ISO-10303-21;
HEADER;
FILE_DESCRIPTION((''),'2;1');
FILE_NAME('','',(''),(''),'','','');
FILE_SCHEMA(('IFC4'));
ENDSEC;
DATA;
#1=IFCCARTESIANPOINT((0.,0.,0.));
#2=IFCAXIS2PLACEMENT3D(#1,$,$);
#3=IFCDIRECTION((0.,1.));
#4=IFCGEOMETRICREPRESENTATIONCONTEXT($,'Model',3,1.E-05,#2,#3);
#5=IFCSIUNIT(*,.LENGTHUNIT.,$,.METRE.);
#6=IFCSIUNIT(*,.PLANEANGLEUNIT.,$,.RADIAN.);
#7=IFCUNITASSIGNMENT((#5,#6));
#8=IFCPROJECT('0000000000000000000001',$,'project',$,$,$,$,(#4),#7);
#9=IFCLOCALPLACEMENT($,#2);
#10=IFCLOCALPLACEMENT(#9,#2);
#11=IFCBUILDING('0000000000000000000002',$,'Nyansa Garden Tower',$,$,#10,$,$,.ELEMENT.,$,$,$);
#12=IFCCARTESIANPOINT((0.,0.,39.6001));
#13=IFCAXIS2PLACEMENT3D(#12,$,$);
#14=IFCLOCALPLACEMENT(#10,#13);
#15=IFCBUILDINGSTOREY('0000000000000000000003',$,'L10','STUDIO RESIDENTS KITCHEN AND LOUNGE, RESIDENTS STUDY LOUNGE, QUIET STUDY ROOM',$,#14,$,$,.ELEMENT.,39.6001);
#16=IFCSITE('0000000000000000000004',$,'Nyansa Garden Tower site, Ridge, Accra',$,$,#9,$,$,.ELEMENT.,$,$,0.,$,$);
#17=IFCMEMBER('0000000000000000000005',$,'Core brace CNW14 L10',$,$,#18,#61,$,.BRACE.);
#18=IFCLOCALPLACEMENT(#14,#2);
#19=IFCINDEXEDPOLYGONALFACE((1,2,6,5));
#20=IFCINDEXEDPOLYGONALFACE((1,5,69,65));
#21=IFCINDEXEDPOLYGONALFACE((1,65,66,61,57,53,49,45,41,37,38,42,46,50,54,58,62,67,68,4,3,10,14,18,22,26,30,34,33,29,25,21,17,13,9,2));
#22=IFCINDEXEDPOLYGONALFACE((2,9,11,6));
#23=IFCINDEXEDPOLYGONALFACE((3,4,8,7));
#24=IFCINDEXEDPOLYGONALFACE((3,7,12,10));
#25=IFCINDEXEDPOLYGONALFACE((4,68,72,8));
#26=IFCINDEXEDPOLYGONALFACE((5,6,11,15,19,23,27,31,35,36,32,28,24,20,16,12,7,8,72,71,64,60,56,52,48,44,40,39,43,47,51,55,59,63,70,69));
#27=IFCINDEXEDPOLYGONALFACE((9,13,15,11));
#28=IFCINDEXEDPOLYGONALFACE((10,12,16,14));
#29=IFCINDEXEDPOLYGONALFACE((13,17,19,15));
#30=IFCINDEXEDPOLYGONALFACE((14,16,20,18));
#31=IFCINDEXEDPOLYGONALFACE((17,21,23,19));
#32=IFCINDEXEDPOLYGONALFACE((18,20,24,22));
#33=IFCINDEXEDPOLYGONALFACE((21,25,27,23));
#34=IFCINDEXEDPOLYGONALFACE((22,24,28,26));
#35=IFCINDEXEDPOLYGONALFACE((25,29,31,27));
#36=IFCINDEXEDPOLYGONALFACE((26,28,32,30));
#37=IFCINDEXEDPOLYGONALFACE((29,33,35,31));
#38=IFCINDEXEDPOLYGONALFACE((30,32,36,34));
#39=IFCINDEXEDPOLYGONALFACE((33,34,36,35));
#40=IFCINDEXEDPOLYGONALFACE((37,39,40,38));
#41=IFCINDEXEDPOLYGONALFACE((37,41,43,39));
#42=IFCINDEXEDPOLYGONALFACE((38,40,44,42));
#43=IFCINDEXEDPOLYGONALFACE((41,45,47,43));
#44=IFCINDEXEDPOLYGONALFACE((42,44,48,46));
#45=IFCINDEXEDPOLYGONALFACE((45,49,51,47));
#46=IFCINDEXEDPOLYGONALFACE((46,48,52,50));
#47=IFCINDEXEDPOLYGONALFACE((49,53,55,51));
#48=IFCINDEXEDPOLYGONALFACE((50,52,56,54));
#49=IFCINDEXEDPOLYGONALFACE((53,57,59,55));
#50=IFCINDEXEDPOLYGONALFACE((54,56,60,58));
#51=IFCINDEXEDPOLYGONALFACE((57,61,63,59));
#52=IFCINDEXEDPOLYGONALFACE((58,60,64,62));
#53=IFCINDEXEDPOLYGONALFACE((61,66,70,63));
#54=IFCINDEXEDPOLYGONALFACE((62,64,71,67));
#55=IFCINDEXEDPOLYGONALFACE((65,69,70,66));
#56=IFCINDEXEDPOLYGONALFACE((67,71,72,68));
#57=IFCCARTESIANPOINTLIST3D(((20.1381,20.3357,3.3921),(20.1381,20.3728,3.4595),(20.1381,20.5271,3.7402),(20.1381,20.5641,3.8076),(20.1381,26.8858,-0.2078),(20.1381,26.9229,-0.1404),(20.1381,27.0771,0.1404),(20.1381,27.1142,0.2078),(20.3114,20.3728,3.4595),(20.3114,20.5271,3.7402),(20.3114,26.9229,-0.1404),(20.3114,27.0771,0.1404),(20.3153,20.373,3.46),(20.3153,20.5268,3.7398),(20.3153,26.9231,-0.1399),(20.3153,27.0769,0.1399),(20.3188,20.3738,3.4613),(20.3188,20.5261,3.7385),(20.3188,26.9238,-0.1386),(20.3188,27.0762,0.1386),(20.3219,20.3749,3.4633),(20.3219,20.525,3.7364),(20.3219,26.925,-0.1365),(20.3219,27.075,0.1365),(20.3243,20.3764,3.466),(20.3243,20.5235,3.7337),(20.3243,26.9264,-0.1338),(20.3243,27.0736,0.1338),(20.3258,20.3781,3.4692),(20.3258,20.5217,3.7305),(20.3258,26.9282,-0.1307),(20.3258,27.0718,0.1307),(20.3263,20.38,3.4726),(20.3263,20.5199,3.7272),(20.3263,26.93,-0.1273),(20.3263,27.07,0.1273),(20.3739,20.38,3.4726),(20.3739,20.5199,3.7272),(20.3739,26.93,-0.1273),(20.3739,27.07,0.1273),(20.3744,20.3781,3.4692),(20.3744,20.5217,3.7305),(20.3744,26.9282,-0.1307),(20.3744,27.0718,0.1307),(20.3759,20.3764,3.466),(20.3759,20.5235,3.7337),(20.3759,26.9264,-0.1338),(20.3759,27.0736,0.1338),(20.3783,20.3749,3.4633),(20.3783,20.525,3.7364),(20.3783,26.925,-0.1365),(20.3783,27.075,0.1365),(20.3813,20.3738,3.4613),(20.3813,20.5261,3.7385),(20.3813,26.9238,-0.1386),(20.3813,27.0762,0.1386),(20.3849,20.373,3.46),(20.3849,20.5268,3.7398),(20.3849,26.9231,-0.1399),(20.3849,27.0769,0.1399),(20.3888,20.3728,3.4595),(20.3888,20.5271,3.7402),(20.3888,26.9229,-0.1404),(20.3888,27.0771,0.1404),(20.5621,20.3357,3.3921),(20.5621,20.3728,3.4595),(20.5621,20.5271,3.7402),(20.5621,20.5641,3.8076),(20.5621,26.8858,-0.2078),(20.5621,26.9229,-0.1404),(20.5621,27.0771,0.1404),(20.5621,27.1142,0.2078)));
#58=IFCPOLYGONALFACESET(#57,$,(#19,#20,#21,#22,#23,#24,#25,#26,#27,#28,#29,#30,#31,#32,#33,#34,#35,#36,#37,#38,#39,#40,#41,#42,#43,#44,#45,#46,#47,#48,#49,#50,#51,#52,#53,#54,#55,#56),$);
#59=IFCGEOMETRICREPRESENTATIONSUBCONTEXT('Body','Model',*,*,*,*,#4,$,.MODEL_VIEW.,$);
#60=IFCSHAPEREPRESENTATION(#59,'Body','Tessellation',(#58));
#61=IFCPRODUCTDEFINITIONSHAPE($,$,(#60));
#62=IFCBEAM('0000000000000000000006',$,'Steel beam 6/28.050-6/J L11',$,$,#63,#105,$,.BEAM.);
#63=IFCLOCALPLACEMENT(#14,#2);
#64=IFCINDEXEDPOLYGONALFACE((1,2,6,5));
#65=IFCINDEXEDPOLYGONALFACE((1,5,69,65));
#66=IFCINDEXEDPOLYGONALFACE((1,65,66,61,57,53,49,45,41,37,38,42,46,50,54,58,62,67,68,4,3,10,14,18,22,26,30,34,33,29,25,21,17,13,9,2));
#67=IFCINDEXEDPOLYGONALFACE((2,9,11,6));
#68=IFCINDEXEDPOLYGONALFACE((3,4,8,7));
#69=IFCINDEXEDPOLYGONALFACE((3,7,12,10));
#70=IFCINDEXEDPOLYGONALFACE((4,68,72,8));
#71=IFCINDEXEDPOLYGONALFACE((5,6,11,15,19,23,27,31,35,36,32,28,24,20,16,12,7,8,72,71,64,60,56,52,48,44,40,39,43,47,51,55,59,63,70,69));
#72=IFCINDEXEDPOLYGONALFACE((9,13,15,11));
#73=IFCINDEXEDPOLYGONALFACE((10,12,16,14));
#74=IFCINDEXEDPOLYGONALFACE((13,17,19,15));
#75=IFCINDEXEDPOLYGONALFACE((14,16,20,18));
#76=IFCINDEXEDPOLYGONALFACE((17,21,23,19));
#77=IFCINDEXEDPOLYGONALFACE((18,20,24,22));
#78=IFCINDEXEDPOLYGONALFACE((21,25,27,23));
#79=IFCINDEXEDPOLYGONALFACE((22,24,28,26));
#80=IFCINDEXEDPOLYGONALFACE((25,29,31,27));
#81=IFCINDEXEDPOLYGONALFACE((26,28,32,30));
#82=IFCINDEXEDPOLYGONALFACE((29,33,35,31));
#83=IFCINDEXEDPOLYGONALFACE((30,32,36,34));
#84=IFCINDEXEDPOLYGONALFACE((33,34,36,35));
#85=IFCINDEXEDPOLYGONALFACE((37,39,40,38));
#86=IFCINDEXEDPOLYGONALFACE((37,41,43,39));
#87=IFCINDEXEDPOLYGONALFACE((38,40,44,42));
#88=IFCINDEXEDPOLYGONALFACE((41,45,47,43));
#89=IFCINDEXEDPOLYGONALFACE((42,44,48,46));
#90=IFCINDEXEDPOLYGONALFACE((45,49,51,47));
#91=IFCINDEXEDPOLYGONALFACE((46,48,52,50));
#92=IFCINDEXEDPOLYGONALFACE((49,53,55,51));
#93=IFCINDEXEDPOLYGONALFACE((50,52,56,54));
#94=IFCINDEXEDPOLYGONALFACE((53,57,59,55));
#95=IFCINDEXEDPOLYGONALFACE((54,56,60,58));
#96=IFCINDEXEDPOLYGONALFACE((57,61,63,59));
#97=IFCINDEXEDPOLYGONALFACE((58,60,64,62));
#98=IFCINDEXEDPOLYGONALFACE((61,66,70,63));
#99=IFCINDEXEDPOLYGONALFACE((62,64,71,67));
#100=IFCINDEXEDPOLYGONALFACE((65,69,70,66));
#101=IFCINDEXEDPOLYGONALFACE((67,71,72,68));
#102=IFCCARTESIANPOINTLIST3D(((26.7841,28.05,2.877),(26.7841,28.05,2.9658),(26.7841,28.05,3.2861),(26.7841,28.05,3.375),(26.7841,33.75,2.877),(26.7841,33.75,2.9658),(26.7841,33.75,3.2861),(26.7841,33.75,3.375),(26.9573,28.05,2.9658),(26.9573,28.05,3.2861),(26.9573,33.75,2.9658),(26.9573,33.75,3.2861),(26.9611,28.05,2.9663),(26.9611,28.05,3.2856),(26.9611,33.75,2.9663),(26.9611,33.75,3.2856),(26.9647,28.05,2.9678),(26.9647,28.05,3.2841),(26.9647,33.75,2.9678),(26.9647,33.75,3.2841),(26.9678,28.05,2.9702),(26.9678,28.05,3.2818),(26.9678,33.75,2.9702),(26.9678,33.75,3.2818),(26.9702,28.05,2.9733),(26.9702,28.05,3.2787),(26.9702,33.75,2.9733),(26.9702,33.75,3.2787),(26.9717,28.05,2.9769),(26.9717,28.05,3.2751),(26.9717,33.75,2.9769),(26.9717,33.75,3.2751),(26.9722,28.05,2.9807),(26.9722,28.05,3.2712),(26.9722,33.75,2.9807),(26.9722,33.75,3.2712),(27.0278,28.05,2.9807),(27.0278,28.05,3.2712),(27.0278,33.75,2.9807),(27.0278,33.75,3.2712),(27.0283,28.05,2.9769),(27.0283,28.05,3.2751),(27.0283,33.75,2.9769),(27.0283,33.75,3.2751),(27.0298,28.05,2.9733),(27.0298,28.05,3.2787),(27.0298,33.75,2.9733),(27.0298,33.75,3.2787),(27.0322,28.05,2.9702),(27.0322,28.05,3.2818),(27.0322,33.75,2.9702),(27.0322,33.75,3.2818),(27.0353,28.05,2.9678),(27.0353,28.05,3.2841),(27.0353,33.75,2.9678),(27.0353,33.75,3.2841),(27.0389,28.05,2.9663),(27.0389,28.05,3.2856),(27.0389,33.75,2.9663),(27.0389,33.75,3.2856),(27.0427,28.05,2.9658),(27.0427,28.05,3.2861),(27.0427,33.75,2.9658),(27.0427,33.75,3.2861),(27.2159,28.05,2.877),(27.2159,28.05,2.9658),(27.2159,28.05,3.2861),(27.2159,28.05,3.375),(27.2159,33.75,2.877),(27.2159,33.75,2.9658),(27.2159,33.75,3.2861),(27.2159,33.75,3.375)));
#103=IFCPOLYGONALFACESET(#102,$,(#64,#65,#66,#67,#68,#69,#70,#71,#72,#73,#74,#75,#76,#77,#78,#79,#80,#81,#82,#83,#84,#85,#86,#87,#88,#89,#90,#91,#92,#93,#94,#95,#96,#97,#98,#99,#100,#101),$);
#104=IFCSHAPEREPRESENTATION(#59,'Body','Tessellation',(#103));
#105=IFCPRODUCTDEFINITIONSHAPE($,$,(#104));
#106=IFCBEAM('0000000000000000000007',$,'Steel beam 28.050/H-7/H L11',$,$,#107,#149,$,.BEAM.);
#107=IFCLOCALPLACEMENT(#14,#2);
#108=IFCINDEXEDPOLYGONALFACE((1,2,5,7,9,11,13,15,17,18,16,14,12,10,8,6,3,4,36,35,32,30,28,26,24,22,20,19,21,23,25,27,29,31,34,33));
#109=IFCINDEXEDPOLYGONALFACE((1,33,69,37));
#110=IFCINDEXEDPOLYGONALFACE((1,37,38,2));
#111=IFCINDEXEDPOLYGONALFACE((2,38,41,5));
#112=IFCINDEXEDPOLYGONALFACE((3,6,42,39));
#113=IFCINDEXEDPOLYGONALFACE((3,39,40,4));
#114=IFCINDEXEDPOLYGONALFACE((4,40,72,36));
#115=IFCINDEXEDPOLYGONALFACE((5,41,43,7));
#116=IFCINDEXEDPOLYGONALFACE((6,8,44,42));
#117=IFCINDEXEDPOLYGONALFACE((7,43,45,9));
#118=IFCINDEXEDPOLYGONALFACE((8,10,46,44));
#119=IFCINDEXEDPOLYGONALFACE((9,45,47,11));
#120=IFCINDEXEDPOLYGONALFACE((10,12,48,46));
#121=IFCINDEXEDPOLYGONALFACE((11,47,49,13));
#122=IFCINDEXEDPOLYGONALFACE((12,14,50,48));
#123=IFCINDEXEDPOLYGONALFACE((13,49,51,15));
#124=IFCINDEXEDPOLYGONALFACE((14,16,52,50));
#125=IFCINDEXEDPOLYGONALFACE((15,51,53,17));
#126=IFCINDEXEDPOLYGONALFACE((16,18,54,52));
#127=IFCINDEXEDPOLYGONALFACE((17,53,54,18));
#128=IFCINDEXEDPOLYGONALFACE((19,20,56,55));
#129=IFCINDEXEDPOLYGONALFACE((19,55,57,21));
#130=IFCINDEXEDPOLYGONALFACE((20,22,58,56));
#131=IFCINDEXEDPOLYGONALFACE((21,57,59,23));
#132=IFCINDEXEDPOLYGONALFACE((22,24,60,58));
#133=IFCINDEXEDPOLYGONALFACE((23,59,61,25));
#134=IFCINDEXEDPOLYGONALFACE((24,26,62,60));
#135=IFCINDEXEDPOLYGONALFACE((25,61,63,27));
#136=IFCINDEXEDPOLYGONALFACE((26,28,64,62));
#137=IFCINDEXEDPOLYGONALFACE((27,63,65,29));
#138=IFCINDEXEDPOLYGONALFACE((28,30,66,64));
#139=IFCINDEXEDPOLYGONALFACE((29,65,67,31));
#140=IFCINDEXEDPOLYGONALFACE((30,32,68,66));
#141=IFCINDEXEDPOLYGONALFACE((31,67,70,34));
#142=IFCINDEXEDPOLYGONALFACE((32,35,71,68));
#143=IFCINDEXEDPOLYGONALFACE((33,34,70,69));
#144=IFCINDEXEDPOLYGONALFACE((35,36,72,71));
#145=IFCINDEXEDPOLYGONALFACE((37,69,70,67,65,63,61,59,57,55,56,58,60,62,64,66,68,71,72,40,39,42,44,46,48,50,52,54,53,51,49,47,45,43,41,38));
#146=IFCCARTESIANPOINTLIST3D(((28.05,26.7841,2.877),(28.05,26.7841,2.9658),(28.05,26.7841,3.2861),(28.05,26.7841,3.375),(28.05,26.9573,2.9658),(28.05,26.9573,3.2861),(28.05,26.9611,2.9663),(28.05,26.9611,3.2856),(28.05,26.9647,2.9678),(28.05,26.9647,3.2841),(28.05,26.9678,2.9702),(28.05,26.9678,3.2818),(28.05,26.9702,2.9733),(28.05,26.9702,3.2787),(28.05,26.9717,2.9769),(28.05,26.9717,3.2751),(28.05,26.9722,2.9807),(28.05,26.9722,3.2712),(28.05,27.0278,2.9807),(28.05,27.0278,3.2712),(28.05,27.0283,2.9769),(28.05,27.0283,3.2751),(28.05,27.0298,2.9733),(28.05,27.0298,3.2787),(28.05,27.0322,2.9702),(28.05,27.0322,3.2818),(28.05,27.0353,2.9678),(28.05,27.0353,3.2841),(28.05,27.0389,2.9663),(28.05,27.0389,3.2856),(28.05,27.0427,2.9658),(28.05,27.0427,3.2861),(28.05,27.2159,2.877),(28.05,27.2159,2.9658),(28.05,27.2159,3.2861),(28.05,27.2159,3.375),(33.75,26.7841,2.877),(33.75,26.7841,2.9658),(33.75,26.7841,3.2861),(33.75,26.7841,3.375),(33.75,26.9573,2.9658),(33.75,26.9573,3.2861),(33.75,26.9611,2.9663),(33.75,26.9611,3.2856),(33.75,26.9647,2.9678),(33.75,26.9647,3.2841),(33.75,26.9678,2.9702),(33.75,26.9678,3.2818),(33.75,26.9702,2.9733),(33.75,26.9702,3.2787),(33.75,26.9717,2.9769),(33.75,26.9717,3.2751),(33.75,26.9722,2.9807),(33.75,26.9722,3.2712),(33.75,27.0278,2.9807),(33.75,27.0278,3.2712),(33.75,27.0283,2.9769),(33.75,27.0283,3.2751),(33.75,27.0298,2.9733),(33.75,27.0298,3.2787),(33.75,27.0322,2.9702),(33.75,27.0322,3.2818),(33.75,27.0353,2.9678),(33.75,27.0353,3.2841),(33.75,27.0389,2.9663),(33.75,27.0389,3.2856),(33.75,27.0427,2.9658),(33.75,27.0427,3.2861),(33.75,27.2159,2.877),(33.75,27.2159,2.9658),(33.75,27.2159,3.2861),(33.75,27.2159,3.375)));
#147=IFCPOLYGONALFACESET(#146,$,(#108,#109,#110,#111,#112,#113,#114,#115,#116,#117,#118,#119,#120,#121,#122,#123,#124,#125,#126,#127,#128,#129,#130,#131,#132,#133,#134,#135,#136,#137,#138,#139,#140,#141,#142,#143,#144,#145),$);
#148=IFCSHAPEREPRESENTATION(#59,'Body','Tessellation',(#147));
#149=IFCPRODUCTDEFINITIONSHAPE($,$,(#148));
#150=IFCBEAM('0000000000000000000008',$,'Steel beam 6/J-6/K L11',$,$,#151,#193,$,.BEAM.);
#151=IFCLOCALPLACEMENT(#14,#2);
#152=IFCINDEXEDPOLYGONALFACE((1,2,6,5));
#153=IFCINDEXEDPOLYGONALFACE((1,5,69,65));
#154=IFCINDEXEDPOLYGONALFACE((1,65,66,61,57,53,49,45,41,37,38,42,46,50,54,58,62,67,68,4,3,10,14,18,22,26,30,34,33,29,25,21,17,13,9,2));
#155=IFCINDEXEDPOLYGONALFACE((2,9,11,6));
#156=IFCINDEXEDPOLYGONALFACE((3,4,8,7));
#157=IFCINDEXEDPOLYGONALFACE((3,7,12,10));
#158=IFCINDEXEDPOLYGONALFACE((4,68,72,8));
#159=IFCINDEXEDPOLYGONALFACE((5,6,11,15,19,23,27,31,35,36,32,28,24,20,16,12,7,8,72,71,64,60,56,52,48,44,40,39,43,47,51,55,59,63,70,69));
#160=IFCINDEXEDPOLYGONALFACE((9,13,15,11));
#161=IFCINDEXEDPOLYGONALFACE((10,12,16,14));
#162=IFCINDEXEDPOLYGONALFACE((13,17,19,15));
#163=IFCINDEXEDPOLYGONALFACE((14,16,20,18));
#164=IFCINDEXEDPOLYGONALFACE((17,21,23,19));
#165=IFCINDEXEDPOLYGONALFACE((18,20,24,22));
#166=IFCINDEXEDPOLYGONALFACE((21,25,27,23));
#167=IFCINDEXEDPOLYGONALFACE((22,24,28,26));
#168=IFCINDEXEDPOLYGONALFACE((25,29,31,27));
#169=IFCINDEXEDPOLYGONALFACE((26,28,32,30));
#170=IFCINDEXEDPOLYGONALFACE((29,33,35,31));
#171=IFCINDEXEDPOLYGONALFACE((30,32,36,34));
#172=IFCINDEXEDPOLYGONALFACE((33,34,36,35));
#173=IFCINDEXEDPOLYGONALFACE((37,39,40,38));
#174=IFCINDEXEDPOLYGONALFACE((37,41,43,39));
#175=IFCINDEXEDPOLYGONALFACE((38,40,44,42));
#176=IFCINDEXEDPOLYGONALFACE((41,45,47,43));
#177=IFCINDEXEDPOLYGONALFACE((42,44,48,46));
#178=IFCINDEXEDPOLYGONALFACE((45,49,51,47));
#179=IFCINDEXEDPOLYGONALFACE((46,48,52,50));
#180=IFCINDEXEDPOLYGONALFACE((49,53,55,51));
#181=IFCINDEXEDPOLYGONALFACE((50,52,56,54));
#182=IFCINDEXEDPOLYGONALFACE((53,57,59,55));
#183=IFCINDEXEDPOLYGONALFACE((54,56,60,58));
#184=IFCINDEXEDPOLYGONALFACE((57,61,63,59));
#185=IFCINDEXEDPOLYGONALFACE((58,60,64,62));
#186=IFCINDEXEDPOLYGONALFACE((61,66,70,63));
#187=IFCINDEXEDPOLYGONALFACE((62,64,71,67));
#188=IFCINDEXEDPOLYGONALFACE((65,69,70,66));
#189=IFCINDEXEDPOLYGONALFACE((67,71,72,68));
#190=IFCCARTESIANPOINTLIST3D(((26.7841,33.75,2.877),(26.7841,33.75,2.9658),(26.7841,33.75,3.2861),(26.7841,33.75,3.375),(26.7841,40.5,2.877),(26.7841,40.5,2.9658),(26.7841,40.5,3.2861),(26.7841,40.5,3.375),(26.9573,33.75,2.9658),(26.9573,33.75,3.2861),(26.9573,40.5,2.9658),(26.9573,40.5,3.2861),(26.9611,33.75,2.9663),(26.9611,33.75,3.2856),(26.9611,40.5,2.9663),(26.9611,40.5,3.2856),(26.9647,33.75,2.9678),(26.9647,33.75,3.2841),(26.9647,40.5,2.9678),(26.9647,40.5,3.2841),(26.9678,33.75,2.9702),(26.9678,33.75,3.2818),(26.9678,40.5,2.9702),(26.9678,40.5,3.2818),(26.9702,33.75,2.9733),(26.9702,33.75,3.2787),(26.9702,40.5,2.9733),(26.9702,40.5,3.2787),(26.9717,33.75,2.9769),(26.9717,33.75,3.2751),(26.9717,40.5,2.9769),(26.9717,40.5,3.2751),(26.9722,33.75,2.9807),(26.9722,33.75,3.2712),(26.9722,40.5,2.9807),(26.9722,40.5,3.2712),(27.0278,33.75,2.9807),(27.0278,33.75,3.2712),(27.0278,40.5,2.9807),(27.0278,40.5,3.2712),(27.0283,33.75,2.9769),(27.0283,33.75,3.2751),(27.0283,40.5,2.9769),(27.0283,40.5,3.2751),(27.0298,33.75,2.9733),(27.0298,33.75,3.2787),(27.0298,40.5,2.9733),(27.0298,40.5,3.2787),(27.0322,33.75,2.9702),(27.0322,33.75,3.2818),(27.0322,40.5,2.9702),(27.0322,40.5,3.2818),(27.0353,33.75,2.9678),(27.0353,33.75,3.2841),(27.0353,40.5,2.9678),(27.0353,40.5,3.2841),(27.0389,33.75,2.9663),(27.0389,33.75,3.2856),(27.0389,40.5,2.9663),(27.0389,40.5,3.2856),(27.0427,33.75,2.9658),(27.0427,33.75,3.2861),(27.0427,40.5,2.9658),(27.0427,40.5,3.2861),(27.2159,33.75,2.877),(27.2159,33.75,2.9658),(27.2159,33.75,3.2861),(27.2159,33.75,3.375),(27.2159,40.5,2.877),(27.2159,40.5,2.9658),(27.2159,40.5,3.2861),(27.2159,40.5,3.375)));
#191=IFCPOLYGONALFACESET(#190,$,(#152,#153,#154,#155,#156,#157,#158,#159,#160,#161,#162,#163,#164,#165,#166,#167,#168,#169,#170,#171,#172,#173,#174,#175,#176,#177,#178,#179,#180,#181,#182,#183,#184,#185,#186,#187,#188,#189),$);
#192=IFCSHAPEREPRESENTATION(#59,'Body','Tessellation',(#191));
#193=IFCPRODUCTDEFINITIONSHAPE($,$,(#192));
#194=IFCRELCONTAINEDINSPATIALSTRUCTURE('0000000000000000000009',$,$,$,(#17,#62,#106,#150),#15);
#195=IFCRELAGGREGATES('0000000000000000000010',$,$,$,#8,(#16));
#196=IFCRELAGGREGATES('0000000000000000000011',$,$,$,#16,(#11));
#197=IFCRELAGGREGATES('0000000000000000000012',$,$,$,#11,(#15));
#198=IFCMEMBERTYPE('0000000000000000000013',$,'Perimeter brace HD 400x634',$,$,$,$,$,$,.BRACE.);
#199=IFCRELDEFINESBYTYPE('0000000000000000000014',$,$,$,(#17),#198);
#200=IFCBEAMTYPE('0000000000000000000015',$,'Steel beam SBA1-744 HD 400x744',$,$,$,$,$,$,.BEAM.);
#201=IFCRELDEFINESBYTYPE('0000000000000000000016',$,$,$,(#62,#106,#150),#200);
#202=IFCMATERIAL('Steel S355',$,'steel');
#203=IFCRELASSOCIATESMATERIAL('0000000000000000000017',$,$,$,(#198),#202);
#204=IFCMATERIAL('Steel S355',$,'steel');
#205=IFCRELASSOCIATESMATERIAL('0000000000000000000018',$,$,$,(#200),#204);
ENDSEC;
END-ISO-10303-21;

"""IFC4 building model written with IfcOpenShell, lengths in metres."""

from ifc_helpers import new_model, si_unit, direction, frame, origin, origin_2d, place, context, subcontext, project, spatial, i_section, extrude, material, material_profile, profile_set, type_object, element, save


model = new_model("IFC4")

# Units and contexts
model_context = context("Model", 3, precision=1e-05, world=origin(), true_north=direction((0.0, 1.0)))
body_context = subcontext(model_context, "Body", "Model", "MODEL_VIEW")
ifc_project = project(units=[si_unit("LENGTHUNIT", "METRE"), si_unit("PLANEANGLEUNIT", "RADIAN")], contexts=[model_context])

# Site, building, storey
site_placement = place(None, origin())
site = spatial("IfcSite", under=ifc_project, at=site_placement, Name="Nyansa Garden Tower site, Ridge, Accra", CompositionType="ELEMENT", RefElevation=0.0)
building_placement = place(site_placement, origin())
building = spatial("IfcBuilding", under=site, at=building_placement, Name="Nyansa Garden Tower", CompositionType="ELEMENT")
storey_placement = place(building_placement, frame((0.0, 0.0, 39.6001)))
storey = spatial("IfcBuildingStorey", under=building, at=storey_placement, Name="L10", Description="STUDIO RESIDENTS KITCHEN AND LOUNGE, RESIDENTS STUDY LOUNGE, QUIET STUDY ROOM", CompositionType="ELEMENT", Elevation=39.6001)

# Member
ifc_material_1 = material(Name="Steel S355", Category="steel")
ifc_material_profile_1 = material_profile(ifc_material_1, i_section(OverallWidth=0.4241, OverallDepth=0.4741, WebThickness=0.0476, FlangeThickness=0.0769, FilletRadius=0.0149, at=origin_2d()), Name="HD 400x634")
ifc_profile_set_1 = profile_set([ifc_material_profile_1], Name="Steel S355")
member_type = type_object("IfcMemberType", Name="Perimeter brace HD 400x634", PredefinedType="BRACE", material=ifc_profile_set_1)
for number, where, z_axis, x_axis, name in (
    (1, (20.3501, 27.0, 0.0), (0.0, -0.876367, 0.481644), (1.0, 0.0, 0.0), "Core brace CNW14 L10"),
):
    element("IfcMember", number, at=place(storey_placement, frame(where, z_axis=z_axis, x_axis=x_axis)), inside=storey, type_object=member_type, Name=name, PredefinedType="BRACE", context=body_context, shape_type="SweptSolid", body=[
        extrude(i_section(OverallWidth=0.4241, OverallDepth=0.4741, WebThickness=0.0476, FlangeThickness=0.0769, FilletRadius=0.0149, at=origin_2d()), origin(), (0.0, 0.0, 1.0), 7.4741),
    ])

# Beams
ifc_material_2 = material(Name="Steel S355", Category="steel")
ifc_material_profile_2 = material_profile(ifc_material_2, i_section(OverallWidth=0.4319, OverallDepth=0.498, WebThickness=0.0557, FlangeThickness=0.0889, FilletRadius=0.0149, at=origin_2d()), Name="HD 400x744")
ifc_profile_set_2 = profile_set([ifc_material_profile_2], Name="Steel S355")
beam_type_1 = type_object("IfcBeamType", Name="Steel beam SBA1-744 HD 400x744", PredefinedType="BEAM", material=ifc_profile_set_2)
for number, where, z_axis, x_axis, name in (
    (2, (27.0, 28.05, 3.126), (0.0, 1.0, 0.0), (-1.0, 0.0, 0.0), "Steel beam 6/28.050-6/J L11"),
    (3, (28.05, 27.0, 3.126), (1.0, 0.0, 0.0), (0.0, 1.0, 0.0), "Steel beam 28.050/H-7/H L11"),
):
    element("IfcBeam", number, at=place(storey_placement, frame(where, z_axis=z_axis, x_axis=x_axis)), inside=storey, type_object=beam_type_1, Name=name, PredefinedType="BEAM", context=body_context, shape_type="SweptSolid", body=[
        extrude(i_section(OverallWidth=0.4319, OverallDepth=0.498, WebThickness=0.0557, FlangeThickness=0.0889, FilletRadius=0.0149, at=origin_2d()), origin(), (0.0, 0.0, 1.0), 5.7),
    ])
for number, where, z_axis, x_axis, name in (
    (4, (27.0, 33.75, 3.126), (0.0, 1.0, 0.0), (-1.0, 0.0, 0.0), "Steel beam 6/J-6/K L11"),
):
    element("IfcBeam", number, at=place(storey_placement, frame(where, z_axis=z_axis, x_axis=x_axis)), inside=storey, type_object=beam_type_1, Name=name, PredefinedType="BEAM", context=body_context, shape_type="SweptSolid", body=[
        extrude(i_section(OverallWidth=0.4319, OverallDepth=0.498, WebThickness=0.0557, FlangeThickness=0.0889, FilletRadius=0.0149, at=origin_2d()), origin(), (0.0, 0.0, 1.0), 6.75),
    ])

save(model, "model.ifc")
